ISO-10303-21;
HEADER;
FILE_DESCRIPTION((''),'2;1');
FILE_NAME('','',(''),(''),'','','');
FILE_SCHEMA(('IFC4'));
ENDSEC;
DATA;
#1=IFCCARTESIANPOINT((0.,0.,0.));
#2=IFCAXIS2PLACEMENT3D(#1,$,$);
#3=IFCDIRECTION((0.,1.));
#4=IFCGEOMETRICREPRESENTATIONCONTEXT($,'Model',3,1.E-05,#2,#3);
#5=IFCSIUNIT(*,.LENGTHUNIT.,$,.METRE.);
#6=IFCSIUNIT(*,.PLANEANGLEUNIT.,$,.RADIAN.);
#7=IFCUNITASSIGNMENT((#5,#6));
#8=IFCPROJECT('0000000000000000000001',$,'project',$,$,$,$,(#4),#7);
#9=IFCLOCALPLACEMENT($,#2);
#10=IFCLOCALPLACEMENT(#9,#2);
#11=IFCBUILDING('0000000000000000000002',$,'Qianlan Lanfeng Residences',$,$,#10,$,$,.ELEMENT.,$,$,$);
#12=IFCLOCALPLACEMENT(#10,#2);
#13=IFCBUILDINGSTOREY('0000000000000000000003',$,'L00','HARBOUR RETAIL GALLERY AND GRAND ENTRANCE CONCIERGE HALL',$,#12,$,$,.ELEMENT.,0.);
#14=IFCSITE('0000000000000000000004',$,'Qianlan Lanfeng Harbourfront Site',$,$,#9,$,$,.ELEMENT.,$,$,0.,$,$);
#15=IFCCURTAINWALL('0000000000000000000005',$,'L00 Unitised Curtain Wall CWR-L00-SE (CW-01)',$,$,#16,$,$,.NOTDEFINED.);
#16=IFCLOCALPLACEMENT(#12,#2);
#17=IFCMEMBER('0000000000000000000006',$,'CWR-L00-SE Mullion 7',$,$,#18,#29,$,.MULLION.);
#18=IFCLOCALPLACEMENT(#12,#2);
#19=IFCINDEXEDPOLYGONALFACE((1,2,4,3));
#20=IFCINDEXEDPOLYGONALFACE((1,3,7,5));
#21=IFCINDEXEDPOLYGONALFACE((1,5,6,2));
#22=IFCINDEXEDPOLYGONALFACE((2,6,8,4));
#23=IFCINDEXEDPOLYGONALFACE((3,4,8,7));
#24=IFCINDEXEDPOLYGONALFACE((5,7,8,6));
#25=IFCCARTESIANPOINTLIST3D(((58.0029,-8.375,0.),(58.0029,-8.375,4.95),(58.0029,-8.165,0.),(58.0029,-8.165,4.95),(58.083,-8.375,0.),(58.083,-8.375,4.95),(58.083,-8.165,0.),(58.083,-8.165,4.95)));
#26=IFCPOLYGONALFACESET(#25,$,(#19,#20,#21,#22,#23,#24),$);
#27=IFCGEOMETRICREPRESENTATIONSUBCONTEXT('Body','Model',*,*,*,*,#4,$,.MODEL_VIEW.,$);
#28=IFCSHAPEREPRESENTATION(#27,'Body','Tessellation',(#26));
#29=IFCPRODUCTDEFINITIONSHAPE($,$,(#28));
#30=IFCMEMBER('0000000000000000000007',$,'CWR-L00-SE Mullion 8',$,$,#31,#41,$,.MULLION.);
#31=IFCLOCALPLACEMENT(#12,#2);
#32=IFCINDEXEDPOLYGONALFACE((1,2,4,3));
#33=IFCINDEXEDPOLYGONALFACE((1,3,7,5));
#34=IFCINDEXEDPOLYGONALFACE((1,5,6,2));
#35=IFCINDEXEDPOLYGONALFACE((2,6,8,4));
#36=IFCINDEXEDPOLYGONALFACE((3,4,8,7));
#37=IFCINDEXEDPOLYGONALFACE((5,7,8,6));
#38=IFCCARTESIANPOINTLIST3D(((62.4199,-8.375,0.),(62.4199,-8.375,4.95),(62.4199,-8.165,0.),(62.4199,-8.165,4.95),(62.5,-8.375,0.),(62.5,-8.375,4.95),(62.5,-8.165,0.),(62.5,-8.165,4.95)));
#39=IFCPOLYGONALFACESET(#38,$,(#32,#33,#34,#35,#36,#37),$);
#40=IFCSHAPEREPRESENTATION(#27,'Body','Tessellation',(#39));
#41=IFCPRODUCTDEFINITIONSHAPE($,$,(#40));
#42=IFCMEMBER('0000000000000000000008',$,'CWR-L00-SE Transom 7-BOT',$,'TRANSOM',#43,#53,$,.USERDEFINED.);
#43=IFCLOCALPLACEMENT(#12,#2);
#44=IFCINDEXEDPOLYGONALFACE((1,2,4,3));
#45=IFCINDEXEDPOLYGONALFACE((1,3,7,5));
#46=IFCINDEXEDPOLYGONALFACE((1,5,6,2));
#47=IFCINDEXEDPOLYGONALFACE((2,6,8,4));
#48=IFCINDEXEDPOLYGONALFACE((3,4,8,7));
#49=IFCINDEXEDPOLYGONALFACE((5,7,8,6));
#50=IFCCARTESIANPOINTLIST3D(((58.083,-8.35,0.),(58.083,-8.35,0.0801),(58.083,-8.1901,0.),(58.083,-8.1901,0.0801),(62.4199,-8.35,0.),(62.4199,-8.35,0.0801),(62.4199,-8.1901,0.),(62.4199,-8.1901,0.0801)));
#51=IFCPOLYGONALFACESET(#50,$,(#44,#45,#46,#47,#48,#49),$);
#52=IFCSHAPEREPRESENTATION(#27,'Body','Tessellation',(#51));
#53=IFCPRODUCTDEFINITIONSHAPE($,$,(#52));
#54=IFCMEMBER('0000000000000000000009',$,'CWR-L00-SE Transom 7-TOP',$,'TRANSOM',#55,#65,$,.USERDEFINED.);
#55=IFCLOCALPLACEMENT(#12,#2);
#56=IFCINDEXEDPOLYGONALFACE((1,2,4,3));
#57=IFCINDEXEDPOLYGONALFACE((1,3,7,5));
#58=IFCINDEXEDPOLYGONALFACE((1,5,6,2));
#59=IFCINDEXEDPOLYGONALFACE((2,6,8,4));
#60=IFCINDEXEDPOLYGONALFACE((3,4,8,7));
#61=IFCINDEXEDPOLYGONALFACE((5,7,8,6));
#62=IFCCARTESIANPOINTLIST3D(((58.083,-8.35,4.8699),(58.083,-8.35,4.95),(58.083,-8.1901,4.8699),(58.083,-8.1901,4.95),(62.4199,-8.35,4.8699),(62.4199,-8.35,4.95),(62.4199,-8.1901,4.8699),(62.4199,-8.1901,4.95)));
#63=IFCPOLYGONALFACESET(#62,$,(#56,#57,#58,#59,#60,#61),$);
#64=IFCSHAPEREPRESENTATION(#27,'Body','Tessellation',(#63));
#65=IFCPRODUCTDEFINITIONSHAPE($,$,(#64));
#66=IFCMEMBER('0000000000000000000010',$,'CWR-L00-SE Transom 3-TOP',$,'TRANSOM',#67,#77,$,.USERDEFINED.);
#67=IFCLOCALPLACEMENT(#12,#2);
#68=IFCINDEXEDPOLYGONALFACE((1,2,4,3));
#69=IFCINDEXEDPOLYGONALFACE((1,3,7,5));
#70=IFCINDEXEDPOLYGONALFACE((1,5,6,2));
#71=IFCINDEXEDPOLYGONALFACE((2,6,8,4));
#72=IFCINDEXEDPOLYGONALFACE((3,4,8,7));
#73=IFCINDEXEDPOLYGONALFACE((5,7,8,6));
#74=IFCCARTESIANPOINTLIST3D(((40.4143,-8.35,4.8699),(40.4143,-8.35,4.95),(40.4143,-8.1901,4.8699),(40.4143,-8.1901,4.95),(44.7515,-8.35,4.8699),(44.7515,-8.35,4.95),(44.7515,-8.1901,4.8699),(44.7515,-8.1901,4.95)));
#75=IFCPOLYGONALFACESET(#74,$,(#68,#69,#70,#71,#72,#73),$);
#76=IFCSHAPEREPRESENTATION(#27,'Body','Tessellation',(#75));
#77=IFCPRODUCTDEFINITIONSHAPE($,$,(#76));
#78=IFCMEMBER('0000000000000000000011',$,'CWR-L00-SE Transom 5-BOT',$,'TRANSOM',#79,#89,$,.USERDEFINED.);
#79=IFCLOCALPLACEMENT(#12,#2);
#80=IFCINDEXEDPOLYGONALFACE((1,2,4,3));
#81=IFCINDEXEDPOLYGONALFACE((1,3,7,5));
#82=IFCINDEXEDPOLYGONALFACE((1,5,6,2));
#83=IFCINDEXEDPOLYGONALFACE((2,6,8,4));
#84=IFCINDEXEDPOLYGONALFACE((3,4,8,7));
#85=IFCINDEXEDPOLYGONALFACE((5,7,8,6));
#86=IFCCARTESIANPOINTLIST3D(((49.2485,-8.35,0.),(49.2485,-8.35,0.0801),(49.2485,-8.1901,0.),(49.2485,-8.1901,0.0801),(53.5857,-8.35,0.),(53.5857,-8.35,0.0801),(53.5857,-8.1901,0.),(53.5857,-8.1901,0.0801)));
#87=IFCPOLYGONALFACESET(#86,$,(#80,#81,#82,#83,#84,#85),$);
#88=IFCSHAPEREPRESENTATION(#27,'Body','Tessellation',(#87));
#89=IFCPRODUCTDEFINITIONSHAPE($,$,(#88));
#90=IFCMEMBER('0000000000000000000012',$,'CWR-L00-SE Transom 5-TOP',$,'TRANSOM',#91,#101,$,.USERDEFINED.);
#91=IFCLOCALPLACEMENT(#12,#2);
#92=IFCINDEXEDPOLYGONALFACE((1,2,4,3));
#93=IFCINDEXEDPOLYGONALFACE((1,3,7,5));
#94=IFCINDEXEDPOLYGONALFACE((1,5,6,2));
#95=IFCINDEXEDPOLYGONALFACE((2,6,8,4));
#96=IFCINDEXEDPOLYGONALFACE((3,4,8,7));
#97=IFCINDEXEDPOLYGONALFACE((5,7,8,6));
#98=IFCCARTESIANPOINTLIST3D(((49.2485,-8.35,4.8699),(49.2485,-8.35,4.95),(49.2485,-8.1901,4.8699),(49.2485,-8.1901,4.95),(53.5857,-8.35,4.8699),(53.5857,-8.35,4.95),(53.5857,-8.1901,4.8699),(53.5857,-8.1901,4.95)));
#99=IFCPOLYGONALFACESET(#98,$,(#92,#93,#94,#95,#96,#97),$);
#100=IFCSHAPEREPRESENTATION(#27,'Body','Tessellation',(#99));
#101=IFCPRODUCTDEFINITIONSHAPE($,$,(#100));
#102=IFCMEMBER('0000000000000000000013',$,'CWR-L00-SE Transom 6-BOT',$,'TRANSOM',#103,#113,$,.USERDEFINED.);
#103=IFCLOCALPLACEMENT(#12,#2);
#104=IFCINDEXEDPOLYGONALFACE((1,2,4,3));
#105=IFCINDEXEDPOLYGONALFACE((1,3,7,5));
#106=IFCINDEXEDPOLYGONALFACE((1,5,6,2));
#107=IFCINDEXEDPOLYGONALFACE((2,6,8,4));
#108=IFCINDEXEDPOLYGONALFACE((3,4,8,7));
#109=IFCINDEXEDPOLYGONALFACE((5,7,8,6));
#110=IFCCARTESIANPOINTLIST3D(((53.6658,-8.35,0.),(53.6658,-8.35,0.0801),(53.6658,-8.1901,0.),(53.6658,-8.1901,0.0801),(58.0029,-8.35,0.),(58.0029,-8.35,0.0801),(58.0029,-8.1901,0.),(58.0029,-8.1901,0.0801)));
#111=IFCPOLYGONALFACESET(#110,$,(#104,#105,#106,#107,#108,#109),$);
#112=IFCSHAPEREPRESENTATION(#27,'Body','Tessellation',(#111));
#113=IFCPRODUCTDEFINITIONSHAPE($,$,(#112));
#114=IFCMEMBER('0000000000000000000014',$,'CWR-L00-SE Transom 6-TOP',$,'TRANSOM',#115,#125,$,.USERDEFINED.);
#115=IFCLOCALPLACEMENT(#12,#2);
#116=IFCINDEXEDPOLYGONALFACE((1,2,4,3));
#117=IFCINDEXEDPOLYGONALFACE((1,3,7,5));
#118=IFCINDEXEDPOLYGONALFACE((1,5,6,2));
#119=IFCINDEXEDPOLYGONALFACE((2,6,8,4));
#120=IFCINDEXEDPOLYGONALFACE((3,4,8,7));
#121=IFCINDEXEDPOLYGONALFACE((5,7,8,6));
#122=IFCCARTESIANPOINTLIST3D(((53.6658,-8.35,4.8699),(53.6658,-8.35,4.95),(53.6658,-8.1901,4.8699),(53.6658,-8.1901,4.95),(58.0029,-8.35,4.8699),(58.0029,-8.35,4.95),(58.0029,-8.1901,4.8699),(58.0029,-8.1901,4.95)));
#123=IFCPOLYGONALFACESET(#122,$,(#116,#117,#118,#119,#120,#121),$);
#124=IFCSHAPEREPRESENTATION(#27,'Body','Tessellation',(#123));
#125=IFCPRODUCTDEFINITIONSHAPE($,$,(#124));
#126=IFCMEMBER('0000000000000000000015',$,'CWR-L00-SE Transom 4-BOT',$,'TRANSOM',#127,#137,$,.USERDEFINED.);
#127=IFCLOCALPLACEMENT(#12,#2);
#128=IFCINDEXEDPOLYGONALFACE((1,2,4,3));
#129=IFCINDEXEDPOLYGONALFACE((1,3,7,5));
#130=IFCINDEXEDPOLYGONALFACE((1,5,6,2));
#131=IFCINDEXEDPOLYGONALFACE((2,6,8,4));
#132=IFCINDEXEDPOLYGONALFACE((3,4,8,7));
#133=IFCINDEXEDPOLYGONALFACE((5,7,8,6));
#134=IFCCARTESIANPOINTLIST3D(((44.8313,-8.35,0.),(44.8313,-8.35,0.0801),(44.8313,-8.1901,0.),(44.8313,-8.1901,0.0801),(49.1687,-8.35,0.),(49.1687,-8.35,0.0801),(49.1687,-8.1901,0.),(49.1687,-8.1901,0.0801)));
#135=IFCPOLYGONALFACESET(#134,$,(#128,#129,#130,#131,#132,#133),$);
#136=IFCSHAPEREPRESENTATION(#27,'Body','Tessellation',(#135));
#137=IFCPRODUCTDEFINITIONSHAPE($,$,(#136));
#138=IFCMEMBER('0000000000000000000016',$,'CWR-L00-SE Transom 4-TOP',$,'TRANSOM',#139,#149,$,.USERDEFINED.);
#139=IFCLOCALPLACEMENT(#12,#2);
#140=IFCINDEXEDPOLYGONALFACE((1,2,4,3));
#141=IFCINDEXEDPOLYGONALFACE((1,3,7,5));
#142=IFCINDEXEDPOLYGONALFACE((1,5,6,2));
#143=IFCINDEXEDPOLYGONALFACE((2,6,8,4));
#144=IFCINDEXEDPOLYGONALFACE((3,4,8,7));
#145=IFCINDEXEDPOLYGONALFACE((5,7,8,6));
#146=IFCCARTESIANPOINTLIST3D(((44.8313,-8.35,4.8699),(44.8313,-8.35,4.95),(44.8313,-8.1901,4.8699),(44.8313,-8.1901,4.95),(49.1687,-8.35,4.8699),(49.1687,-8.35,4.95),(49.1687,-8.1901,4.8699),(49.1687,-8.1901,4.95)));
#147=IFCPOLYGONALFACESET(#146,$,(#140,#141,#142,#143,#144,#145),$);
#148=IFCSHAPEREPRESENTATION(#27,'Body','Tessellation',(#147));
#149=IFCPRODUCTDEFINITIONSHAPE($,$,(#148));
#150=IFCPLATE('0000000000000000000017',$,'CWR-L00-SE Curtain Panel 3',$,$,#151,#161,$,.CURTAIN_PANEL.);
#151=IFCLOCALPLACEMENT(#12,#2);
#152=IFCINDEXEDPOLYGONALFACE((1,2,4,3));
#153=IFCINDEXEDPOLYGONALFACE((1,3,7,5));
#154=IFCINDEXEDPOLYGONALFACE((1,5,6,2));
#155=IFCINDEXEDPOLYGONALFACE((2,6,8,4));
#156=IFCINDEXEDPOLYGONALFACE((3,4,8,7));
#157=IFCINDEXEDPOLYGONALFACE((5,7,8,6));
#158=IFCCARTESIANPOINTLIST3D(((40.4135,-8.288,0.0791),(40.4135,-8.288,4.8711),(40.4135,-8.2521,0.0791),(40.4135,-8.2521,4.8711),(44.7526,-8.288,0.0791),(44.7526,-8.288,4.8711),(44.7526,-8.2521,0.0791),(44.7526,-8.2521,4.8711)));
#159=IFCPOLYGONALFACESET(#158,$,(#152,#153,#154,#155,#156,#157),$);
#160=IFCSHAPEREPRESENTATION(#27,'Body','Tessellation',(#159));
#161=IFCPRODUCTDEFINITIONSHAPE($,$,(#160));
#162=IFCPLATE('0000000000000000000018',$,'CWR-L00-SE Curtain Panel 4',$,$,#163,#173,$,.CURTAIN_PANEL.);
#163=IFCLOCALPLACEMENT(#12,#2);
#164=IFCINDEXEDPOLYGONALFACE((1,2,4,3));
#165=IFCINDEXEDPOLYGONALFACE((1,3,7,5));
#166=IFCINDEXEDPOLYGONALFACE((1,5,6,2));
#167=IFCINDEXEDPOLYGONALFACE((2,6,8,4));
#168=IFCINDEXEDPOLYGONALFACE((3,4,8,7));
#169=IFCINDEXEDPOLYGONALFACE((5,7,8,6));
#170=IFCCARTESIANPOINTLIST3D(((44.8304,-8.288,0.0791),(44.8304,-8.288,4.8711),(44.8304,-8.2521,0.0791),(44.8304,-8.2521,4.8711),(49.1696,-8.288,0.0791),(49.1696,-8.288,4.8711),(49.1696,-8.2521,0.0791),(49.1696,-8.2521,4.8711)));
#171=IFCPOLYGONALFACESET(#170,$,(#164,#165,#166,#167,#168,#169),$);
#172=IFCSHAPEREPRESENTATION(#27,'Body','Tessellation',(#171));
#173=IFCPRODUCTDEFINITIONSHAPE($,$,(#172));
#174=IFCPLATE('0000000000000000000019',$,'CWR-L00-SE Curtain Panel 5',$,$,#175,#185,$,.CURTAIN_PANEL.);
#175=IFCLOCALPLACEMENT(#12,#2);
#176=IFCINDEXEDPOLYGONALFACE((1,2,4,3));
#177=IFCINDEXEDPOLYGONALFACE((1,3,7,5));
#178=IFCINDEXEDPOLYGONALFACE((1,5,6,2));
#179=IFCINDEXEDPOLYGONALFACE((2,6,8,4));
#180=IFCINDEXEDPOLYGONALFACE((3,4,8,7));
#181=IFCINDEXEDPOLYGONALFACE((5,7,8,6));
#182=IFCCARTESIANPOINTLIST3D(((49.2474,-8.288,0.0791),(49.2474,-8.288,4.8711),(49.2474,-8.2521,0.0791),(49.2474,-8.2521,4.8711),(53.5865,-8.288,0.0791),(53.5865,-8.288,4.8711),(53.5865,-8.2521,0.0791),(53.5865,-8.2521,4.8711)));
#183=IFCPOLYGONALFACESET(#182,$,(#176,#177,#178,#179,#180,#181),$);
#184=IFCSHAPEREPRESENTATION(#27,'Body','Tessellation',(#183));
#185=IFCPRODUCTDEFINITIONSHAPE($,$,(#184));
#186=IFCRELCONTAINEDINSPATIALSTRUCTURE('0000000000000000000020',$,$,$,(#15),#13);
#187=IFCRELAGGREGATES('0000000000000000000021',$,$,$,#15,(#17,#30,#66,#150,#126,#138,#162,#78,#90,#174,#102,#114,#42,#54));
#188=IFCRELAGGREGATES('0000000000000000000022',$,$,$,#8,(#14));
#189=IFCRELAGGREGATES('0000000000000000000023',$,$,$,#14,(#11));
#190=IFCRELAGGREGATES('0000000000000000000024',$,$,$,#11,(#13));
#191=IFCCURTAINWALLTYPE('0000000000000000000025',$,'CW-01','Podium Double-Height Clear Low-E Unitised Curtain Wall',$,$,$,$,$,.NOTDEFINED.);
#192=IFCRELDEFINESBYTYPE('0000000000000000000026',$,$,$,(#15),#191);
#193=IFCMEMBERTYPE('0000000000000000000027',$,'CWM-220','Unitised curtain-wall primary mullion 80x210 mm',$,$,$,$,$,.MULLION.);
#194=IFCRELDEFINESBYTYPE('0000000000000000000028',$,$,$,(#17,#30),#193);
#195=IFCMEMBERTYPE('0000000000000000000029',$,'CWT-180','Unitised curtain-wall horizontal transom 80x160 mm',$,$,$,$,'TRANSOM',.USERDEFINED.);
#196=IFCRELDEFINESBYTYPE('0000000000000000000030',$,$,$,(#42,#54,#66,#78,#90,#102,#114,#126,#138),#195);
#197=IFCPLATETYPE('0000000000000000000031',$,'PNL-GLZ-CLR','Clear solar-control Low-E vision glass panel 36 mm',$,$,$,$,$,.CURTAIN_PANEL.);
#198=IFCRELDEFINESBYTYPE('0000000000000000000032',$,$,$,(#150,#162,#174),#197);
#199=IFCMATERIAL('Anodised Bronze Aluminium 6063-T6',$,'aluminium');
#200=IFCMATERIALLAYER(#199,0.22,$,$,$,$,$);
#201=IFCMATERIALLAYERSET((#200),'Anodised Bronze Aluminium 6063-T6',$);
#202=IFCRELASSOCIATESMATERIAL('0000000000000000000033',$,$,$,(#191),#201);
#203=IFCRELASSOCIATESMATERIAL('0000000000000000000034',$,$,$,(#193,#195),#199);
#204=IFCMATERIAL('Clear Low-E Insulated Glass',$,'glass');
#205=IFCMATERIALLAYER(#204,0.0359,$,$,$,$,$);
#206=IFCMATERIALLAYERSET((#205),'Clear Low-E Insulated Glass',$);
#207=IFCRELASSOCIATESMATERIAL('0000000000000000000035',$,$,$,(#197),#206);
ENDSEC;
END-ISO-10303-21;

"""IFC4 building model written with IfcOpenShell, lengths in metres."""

from ifc_helpers import new_model, si_unit, direction, frame, origin, origin_2d, place, context, subcontext, project, spatial, rectangle, extrude, source, transform, mapped, material, layer, layer_set, material_profile, profile_set, type_object, element, aggregate, save


model = new_model("IFC4")

# Units and contexts
model_context = context("Model", 3, precision=1e-05, world=origin(), true_north=direction((0.0, 1.0)))
body_context = subcontext(model_context, "Body", "Model", "MODEL_VIEW")
ifc_project = project(units=[si_unit("LENGTHUNIT", "METRE"), si_unit("PLANEANGLEUNIT", "RADIAN")], contexts=[model_context])

# Site, building, storey
site_placement = place(None, origin())
site = spatial("IfcSite", under=ifc_project, at=site_placement, Name="Qianlan Lanfeng Harbourfront Site", CompositionType="ELEMENT", RefElevation=0.0)
building_placement = place(site_placement, origin())
building = spatial("IfcBuilding", under=site, at=building_placement, Name="Qianlan Lanfeng Residences", CompositionType="ELEMENT")
storey_placement = place(building_placement, origin())
storey = spatial("IfcBuildingStorey", under=building, at=storey_placement, Name="L00", Description="HARBOUR RETAIL GALLERY AND GRAND ENTRANCE CONCIERGE HALL", CompositionType="ELEMENT", Elevation=0.0)

# Curtain wall, members, plates
ifc_material_1 = material(Name="Anodised Bronze Aluminium 6063-T6", Category="aluminium")
ifc_layer_1 = layer(ifc_material_1, 0.22)
ifc_layer_set_1 = layer_set([ifc_layer_1], Name="Anodised Bronze Aluminium 6063-T6")
curtain_wall_type = type_object("IfcCurtainWallType", Name="CW-01", Description="Podium Double-Height Clear Low-E Unitised Curtain Wall", PredefinedType="NOTDEFINED", material=ifc_layer_set_1)
curtain_wall_placement = place(storey_placement, origin())
curtain_wall = element("IfcCurtainWall", 1, at=curtain_wall_placement, inside=storey, type_object=curtain_wall_type, Name="L00 Unitised Curtain Wall CWR-L00-SE (CW-01)", PredefinedType="NOTDEFINED")
ifc_material_profile_1 = material_profile(ifc_material_1, rectangle(XDim=0.0801, YDim=0.21, at=origin_2d()), Name="ALU MULLION 80x210")
ifc_profile_set_1 = profile_set([ifc_material_profile_1], Name="Anodised Bronze Aluminium 6063-T6")
member_type_1 = type_object("IfcMemberType", Name="CWM-220", Description="Unitised curtain-wall primary mullion 80x210 mm", PredefinedType="MULLION", material=ifc_profile_set_1)
shared_shape_1 = source(origin(), body_context, "Body", "SweptSolid", [
    extrude(rectangle(XDim=0.0801, YDim=0.21, at=origin_2d()), origin(), (0.0, 0.0, 1.0), 4.95),
])
member_1_placement = place(storey_placement, frame((58.043, -8.27, 0.0), z_axis=(0.0, 0.0, 1.0), x_axis=(1.0, 0.0, 0.0)))
member_1 = element("IfcMember", 2, at=member_1_placement, type_object=member_type_1, Name="CWR-L00-SE Mullion 7", PredefinedType="MULLION", context=body_context, shape_type="MappedRepresentation", body=[
    mapped(shared_shape_1, transform((0.0, 0.0, 0.0), scale=1.0)),
])
member_2_placement = place(storey_placement, frame((62.46, -8.27, 0.0), z_axis=(0.0, 0.0, 1.0), x_axis=(1.0, 0.0, 0.0)))
member_2 = element("IfcMember", 3, at=member_2_placement, type_object=member_type_1, Name="CWR-L00-SE Mullion 8", PredefinedType="MULLION", context=body_context, shape_type="MappedRepresentation", body=[
    mapped(shared_shape_1, transform((0.0, 0.0, 0.0), scale=1.0)),
])
ifc_material_profile_2 = material_profile(ifc_material_1, rectangle(XDim=0.0801, YDim=0.1599, at=origin_2d()), Name="ALU TRANSOM 80x160")
ifc_profile_set_2 = profile_set([ifc_material_profile_2], Name="Anodised Bronze Aluminium 6063-T6")
member_type_2 = type_object("IfcMemberType", Name="CWT-180", Description="Unitised curtain-wall horizontal transom 80x160 mm", ElementType="TRANSOM", PredefinedType="USERDEFINED", material=ifc_profile_set_2)
shared_shape_2 = source(origin(), body_context, "Body", "SweptSolid", [
    extrude(rectangle(XDim=0.0801, YDim=0.1599, at=origin_2d()), origin(), (0.0, 0.0, 1.0), 4.3369),
])
member_3_placement = place(storey_placement, frame((58.083, -8.27, 0.04), z_axis=(1.0, 0.0, 0.0), x_axis=(0.0, 0.0, 1.0)))
member_3 = element("IfcMember", 4, at=member_3_placement, type_object=member_type_2, Name="CWR-L00-SE Transom 7-BOT", ObjectType="TRANSOM", PredefinedType="USERDEFINED", context=body_context, shape_type="MappedRepresentation", body=[
    mapped(shared_shape_2, transform((0.0, 0.0, 0.0), scale=1.0)),
])
member_4_placement = place(storey_placement, frame((58.083, -8.27, 4.9099), z_axis=(1.0, 0.0, 0.0), x_axis=(0.0, 0.0, 1.0)))
member_4 = element("IfcMember", 5, at=member_4_placement, type_object=member_type_2, Name="CWR-L00-SE Transom 7-TOP", ObjectType="TRANSOM", PredefinedType="USERDEFINED", context=body_context, shape_type="MappedRepresentation", body=[
    mapped(shared_shape_2, transform((0.0, 0.0, 0.0), scale=1.0)),
])
shared_shape_3 = source(origin(), body_context, "Body", "SweptSolid", [
    extrude(rectangle(XDim=0.0801, YDim=0.1599, at=origin_2d()), origin(), (0.0, 0.0, 1.0), 4.3372),
])
member_5_placement = place(storey_placement, frame((40.4143, -8.27, 4.9099), z_axis=(1.0, 0.0, 0.0), x_axis=(0.0, 0.0, 1.0)))
member_5 = element("IfcMember", 6, at=member_5_placement, type_object=member_type_2, Name="CWR-L00-SE Transom 3-TOP", ObjectType="TRANSOM", PredefinedType="USERDEFINED", context=body_context, shape_type="MappedRepresentation", body=[
    mapped(shared_shape_3, transform((0.0, 0.0, 0.0), scale=1.0)),
])
member_6_placement = place(storey_placement, frame((49.2485, -8.27, 0.04), z_axis=(1.0, 0.0, 0.0), x_axis=(0.0, 0.0, 1.0)))
member_6 = element("IfcMember", 7, at=member_6_placement, type_object=member_type_2, Name="CWR-L00-SE Transom 5-BOT", ObjectType="TRANSOM", PredefinedType="USERDEFINED", context=body_context, shape_type="MappedRepresentation", body=[
    mapped(shared_shape_3, transform((0.0, 0.0, 0.0), scale=1.0)),
])
member_7_placement = place(storey_placement, frame((49.2485, -8.27, 4.9099), z_axis=(1.0, 0.0, 0.0), x_axis=(0.0, 0.0, 1.0)))
member_7 = element("IfcMember", 8, at=member_7_placement, type_object=member_type_2, Name="CWR-L00-SE Transom 5-TOP", ObjectType="TRANSOM", PredefinedType="USERDEFINED", context=body_context, shape_type="MappedRepresentation", body=[
    mapped(shared_shape_3, transform((0.0, 0.0, 0.0), scale=1.0)),
])
member_8_placement = place(storey_placement, frame((53.6658, -8.27, 0.04), z_axis=(1.0, 0.0, 0.0), x_axis=(0.0, 0.0, 1.0)))
member_8 = element("IfcMember", 9, at=member_8_placement, type_object=member_type_2, Name="CWR-L00-SE Transom 6-BOT", ObjectType="TRANSOM", PredefinedType="USERDEFINED", context=body_context, shape_type="MappedRepresentation", body=[
    mapped(shared_shape_3, transform((0.0, 0.0, 0.0), scale=1.0)),
])
member_9_placement = place(storey_placement, frame((53.6658, -8.27, 4.9099), z_axis=(1.0, 0.0, 0.0), x_axis=(0.0, 0.0, 1.0)))
member_9 = element("IfcMember", 10, at=member_9_placement, type_object=member_type_2, Name="CWR-L00-SE Transom 6-TOP", ObjectType="TRANSOM", PredefinedType="USERDEFINED", context=body_context, shape_type="MappedRepresentation", body=[
    mapped(shared_shape_3, transform((0.0, 0.0, 0.0), scale=1.0)),
])
shared_shape_4 = source(origin(), body_context, "Body", "SweptSolid", [
    extrude(rectangle(XDim=0.0801, YDim=0.1599, at=origin_2d()), origin(), (0.0, 0.0, 1.0), 4.3374),
])
member_10_placement = place(storey_placement, frame((44.8313, -8.27, 0.04), z_axis=(1.0, 0.0, 0.0), x_axis=(0.0, 0.0, 1.0)))
member_10 = element("IfcMember", 11, at=member_10_placement, type_object=member_type_2, Name="CWR-L00-SE Transom 4-BOT", ObjectType="TRANSOM", PredefinedType="USERDEFINED", context=body_context, shape_type="MappedRepresentation", body=[
    mapped(shared_shape_4, transform((0.0, 0.0, 0.0), scale=1.0)),
])
member_11_placement = place(storey_placement, frame((44.8313, -8.27, 4.9099), z_axis=(1.0, 0.0, 0.0), x_axis=(0.0, 0.0, 1.0)))
member_11 = element("IfcMember", 12, at=member_11_placement, type_object=member_type_2, Name="CWR-L00-SE Transom 4-TOP", ObjectType="TRANSOM", PredefinedType="USERDEFINED", context=body_context, shape_type="MappedRepresentation", body=[
    mapped(shared_shape_4, transform((0.0, 0.0, 0.0), scale=1.0)),
])
ifc_material_2 = material(Name="Clear Low-E Insulated Glass", Category="glass")
ifc_layer_2 = layer(ifc_material_2, 0.0359)
ifc_layer_set_2 = layer_set([ifc_layer_2], Name="Clear Low-E Insulated Glass")
plate_type = type_object("IfcPlateType", Name="PNL-GLZ-CLR", Description="Clear solar-control Low-E vision glass panel 36 mm", PredefinedType="CURTAIN_PANEL", material=ifc_layer_set_2)
shared_shape_5 = source(origin(), body_context, "Body", "SweptSolid", [
    extrude(rectangle(XDim=4.3391, YDim=0.0359, at=origin_2d()), origin(), (0.0, 0.0, 1.0), 4.792),
])
plate_1_placement = place(storey_placement, frame((42.583, -8.27, 0.0791), z_axis=(0.0, 0.0, 1.0), x_axis=(1.0, 0.0, 0.0)))
plate_1 = element("IfcPlate", 13, at=plate_1_placement, type_object=plate_type, Name="CWR-L00-SE Curtain Panel 3", PredefinedType="CURTAIN_PANEL", context=body_context, shape_type="MappedRepresentation", body=[
    mapped(shared_shape_5, transform((0.0, 0.0, 0.0), scale=1.0)),
])
plate_2_placement = place(storey_placement, frame((47.0, -8.27, 0.0791), z_axis=(0.0, 0.0, 1.0), x_axis=(1.0, 0.0, 0.0)))
plate_2 = element("IfcPlate", 14, at=plate_2_placement, type_object=plate_type, Name="CWR-L00-SE Curtain Panel 4", PredefinedType="CURTAIN_PANEL", context=body_context, shape_type="MappedRepresentation", body=[
    mapped(shared_shape_5, transform((0.0, 0.0, 0.0), scale=1.0)),
])
plate_3_placement = place(storey_placement, frame((51.417, -8.27, 0.0791), z_axis=(0.0, 0.0, 1.0), x_axis=(1.0, 0.0, 0.0)))
plate_3 = element("IfcPlate", 15, at=plate_3_placement, type_object=plate_type, Name="CWR-L00-SE Curtain Panel 5", PredefinedType="CURTAIN_PANEL", context=body_context, shape_type="MappedRepresentation", body=[
    mapped(shared_shape_5, transform((0.0, 0.0, 0.0), scale=1.0)),
])
aggregate(curtain_wall, [member_1, member_2, member_5, plate_1, member_10, member_11, plate_2, member_6, member_7, plate_3, member_8, member_9, member_3, member_4])

save(model, "model.ifc")
